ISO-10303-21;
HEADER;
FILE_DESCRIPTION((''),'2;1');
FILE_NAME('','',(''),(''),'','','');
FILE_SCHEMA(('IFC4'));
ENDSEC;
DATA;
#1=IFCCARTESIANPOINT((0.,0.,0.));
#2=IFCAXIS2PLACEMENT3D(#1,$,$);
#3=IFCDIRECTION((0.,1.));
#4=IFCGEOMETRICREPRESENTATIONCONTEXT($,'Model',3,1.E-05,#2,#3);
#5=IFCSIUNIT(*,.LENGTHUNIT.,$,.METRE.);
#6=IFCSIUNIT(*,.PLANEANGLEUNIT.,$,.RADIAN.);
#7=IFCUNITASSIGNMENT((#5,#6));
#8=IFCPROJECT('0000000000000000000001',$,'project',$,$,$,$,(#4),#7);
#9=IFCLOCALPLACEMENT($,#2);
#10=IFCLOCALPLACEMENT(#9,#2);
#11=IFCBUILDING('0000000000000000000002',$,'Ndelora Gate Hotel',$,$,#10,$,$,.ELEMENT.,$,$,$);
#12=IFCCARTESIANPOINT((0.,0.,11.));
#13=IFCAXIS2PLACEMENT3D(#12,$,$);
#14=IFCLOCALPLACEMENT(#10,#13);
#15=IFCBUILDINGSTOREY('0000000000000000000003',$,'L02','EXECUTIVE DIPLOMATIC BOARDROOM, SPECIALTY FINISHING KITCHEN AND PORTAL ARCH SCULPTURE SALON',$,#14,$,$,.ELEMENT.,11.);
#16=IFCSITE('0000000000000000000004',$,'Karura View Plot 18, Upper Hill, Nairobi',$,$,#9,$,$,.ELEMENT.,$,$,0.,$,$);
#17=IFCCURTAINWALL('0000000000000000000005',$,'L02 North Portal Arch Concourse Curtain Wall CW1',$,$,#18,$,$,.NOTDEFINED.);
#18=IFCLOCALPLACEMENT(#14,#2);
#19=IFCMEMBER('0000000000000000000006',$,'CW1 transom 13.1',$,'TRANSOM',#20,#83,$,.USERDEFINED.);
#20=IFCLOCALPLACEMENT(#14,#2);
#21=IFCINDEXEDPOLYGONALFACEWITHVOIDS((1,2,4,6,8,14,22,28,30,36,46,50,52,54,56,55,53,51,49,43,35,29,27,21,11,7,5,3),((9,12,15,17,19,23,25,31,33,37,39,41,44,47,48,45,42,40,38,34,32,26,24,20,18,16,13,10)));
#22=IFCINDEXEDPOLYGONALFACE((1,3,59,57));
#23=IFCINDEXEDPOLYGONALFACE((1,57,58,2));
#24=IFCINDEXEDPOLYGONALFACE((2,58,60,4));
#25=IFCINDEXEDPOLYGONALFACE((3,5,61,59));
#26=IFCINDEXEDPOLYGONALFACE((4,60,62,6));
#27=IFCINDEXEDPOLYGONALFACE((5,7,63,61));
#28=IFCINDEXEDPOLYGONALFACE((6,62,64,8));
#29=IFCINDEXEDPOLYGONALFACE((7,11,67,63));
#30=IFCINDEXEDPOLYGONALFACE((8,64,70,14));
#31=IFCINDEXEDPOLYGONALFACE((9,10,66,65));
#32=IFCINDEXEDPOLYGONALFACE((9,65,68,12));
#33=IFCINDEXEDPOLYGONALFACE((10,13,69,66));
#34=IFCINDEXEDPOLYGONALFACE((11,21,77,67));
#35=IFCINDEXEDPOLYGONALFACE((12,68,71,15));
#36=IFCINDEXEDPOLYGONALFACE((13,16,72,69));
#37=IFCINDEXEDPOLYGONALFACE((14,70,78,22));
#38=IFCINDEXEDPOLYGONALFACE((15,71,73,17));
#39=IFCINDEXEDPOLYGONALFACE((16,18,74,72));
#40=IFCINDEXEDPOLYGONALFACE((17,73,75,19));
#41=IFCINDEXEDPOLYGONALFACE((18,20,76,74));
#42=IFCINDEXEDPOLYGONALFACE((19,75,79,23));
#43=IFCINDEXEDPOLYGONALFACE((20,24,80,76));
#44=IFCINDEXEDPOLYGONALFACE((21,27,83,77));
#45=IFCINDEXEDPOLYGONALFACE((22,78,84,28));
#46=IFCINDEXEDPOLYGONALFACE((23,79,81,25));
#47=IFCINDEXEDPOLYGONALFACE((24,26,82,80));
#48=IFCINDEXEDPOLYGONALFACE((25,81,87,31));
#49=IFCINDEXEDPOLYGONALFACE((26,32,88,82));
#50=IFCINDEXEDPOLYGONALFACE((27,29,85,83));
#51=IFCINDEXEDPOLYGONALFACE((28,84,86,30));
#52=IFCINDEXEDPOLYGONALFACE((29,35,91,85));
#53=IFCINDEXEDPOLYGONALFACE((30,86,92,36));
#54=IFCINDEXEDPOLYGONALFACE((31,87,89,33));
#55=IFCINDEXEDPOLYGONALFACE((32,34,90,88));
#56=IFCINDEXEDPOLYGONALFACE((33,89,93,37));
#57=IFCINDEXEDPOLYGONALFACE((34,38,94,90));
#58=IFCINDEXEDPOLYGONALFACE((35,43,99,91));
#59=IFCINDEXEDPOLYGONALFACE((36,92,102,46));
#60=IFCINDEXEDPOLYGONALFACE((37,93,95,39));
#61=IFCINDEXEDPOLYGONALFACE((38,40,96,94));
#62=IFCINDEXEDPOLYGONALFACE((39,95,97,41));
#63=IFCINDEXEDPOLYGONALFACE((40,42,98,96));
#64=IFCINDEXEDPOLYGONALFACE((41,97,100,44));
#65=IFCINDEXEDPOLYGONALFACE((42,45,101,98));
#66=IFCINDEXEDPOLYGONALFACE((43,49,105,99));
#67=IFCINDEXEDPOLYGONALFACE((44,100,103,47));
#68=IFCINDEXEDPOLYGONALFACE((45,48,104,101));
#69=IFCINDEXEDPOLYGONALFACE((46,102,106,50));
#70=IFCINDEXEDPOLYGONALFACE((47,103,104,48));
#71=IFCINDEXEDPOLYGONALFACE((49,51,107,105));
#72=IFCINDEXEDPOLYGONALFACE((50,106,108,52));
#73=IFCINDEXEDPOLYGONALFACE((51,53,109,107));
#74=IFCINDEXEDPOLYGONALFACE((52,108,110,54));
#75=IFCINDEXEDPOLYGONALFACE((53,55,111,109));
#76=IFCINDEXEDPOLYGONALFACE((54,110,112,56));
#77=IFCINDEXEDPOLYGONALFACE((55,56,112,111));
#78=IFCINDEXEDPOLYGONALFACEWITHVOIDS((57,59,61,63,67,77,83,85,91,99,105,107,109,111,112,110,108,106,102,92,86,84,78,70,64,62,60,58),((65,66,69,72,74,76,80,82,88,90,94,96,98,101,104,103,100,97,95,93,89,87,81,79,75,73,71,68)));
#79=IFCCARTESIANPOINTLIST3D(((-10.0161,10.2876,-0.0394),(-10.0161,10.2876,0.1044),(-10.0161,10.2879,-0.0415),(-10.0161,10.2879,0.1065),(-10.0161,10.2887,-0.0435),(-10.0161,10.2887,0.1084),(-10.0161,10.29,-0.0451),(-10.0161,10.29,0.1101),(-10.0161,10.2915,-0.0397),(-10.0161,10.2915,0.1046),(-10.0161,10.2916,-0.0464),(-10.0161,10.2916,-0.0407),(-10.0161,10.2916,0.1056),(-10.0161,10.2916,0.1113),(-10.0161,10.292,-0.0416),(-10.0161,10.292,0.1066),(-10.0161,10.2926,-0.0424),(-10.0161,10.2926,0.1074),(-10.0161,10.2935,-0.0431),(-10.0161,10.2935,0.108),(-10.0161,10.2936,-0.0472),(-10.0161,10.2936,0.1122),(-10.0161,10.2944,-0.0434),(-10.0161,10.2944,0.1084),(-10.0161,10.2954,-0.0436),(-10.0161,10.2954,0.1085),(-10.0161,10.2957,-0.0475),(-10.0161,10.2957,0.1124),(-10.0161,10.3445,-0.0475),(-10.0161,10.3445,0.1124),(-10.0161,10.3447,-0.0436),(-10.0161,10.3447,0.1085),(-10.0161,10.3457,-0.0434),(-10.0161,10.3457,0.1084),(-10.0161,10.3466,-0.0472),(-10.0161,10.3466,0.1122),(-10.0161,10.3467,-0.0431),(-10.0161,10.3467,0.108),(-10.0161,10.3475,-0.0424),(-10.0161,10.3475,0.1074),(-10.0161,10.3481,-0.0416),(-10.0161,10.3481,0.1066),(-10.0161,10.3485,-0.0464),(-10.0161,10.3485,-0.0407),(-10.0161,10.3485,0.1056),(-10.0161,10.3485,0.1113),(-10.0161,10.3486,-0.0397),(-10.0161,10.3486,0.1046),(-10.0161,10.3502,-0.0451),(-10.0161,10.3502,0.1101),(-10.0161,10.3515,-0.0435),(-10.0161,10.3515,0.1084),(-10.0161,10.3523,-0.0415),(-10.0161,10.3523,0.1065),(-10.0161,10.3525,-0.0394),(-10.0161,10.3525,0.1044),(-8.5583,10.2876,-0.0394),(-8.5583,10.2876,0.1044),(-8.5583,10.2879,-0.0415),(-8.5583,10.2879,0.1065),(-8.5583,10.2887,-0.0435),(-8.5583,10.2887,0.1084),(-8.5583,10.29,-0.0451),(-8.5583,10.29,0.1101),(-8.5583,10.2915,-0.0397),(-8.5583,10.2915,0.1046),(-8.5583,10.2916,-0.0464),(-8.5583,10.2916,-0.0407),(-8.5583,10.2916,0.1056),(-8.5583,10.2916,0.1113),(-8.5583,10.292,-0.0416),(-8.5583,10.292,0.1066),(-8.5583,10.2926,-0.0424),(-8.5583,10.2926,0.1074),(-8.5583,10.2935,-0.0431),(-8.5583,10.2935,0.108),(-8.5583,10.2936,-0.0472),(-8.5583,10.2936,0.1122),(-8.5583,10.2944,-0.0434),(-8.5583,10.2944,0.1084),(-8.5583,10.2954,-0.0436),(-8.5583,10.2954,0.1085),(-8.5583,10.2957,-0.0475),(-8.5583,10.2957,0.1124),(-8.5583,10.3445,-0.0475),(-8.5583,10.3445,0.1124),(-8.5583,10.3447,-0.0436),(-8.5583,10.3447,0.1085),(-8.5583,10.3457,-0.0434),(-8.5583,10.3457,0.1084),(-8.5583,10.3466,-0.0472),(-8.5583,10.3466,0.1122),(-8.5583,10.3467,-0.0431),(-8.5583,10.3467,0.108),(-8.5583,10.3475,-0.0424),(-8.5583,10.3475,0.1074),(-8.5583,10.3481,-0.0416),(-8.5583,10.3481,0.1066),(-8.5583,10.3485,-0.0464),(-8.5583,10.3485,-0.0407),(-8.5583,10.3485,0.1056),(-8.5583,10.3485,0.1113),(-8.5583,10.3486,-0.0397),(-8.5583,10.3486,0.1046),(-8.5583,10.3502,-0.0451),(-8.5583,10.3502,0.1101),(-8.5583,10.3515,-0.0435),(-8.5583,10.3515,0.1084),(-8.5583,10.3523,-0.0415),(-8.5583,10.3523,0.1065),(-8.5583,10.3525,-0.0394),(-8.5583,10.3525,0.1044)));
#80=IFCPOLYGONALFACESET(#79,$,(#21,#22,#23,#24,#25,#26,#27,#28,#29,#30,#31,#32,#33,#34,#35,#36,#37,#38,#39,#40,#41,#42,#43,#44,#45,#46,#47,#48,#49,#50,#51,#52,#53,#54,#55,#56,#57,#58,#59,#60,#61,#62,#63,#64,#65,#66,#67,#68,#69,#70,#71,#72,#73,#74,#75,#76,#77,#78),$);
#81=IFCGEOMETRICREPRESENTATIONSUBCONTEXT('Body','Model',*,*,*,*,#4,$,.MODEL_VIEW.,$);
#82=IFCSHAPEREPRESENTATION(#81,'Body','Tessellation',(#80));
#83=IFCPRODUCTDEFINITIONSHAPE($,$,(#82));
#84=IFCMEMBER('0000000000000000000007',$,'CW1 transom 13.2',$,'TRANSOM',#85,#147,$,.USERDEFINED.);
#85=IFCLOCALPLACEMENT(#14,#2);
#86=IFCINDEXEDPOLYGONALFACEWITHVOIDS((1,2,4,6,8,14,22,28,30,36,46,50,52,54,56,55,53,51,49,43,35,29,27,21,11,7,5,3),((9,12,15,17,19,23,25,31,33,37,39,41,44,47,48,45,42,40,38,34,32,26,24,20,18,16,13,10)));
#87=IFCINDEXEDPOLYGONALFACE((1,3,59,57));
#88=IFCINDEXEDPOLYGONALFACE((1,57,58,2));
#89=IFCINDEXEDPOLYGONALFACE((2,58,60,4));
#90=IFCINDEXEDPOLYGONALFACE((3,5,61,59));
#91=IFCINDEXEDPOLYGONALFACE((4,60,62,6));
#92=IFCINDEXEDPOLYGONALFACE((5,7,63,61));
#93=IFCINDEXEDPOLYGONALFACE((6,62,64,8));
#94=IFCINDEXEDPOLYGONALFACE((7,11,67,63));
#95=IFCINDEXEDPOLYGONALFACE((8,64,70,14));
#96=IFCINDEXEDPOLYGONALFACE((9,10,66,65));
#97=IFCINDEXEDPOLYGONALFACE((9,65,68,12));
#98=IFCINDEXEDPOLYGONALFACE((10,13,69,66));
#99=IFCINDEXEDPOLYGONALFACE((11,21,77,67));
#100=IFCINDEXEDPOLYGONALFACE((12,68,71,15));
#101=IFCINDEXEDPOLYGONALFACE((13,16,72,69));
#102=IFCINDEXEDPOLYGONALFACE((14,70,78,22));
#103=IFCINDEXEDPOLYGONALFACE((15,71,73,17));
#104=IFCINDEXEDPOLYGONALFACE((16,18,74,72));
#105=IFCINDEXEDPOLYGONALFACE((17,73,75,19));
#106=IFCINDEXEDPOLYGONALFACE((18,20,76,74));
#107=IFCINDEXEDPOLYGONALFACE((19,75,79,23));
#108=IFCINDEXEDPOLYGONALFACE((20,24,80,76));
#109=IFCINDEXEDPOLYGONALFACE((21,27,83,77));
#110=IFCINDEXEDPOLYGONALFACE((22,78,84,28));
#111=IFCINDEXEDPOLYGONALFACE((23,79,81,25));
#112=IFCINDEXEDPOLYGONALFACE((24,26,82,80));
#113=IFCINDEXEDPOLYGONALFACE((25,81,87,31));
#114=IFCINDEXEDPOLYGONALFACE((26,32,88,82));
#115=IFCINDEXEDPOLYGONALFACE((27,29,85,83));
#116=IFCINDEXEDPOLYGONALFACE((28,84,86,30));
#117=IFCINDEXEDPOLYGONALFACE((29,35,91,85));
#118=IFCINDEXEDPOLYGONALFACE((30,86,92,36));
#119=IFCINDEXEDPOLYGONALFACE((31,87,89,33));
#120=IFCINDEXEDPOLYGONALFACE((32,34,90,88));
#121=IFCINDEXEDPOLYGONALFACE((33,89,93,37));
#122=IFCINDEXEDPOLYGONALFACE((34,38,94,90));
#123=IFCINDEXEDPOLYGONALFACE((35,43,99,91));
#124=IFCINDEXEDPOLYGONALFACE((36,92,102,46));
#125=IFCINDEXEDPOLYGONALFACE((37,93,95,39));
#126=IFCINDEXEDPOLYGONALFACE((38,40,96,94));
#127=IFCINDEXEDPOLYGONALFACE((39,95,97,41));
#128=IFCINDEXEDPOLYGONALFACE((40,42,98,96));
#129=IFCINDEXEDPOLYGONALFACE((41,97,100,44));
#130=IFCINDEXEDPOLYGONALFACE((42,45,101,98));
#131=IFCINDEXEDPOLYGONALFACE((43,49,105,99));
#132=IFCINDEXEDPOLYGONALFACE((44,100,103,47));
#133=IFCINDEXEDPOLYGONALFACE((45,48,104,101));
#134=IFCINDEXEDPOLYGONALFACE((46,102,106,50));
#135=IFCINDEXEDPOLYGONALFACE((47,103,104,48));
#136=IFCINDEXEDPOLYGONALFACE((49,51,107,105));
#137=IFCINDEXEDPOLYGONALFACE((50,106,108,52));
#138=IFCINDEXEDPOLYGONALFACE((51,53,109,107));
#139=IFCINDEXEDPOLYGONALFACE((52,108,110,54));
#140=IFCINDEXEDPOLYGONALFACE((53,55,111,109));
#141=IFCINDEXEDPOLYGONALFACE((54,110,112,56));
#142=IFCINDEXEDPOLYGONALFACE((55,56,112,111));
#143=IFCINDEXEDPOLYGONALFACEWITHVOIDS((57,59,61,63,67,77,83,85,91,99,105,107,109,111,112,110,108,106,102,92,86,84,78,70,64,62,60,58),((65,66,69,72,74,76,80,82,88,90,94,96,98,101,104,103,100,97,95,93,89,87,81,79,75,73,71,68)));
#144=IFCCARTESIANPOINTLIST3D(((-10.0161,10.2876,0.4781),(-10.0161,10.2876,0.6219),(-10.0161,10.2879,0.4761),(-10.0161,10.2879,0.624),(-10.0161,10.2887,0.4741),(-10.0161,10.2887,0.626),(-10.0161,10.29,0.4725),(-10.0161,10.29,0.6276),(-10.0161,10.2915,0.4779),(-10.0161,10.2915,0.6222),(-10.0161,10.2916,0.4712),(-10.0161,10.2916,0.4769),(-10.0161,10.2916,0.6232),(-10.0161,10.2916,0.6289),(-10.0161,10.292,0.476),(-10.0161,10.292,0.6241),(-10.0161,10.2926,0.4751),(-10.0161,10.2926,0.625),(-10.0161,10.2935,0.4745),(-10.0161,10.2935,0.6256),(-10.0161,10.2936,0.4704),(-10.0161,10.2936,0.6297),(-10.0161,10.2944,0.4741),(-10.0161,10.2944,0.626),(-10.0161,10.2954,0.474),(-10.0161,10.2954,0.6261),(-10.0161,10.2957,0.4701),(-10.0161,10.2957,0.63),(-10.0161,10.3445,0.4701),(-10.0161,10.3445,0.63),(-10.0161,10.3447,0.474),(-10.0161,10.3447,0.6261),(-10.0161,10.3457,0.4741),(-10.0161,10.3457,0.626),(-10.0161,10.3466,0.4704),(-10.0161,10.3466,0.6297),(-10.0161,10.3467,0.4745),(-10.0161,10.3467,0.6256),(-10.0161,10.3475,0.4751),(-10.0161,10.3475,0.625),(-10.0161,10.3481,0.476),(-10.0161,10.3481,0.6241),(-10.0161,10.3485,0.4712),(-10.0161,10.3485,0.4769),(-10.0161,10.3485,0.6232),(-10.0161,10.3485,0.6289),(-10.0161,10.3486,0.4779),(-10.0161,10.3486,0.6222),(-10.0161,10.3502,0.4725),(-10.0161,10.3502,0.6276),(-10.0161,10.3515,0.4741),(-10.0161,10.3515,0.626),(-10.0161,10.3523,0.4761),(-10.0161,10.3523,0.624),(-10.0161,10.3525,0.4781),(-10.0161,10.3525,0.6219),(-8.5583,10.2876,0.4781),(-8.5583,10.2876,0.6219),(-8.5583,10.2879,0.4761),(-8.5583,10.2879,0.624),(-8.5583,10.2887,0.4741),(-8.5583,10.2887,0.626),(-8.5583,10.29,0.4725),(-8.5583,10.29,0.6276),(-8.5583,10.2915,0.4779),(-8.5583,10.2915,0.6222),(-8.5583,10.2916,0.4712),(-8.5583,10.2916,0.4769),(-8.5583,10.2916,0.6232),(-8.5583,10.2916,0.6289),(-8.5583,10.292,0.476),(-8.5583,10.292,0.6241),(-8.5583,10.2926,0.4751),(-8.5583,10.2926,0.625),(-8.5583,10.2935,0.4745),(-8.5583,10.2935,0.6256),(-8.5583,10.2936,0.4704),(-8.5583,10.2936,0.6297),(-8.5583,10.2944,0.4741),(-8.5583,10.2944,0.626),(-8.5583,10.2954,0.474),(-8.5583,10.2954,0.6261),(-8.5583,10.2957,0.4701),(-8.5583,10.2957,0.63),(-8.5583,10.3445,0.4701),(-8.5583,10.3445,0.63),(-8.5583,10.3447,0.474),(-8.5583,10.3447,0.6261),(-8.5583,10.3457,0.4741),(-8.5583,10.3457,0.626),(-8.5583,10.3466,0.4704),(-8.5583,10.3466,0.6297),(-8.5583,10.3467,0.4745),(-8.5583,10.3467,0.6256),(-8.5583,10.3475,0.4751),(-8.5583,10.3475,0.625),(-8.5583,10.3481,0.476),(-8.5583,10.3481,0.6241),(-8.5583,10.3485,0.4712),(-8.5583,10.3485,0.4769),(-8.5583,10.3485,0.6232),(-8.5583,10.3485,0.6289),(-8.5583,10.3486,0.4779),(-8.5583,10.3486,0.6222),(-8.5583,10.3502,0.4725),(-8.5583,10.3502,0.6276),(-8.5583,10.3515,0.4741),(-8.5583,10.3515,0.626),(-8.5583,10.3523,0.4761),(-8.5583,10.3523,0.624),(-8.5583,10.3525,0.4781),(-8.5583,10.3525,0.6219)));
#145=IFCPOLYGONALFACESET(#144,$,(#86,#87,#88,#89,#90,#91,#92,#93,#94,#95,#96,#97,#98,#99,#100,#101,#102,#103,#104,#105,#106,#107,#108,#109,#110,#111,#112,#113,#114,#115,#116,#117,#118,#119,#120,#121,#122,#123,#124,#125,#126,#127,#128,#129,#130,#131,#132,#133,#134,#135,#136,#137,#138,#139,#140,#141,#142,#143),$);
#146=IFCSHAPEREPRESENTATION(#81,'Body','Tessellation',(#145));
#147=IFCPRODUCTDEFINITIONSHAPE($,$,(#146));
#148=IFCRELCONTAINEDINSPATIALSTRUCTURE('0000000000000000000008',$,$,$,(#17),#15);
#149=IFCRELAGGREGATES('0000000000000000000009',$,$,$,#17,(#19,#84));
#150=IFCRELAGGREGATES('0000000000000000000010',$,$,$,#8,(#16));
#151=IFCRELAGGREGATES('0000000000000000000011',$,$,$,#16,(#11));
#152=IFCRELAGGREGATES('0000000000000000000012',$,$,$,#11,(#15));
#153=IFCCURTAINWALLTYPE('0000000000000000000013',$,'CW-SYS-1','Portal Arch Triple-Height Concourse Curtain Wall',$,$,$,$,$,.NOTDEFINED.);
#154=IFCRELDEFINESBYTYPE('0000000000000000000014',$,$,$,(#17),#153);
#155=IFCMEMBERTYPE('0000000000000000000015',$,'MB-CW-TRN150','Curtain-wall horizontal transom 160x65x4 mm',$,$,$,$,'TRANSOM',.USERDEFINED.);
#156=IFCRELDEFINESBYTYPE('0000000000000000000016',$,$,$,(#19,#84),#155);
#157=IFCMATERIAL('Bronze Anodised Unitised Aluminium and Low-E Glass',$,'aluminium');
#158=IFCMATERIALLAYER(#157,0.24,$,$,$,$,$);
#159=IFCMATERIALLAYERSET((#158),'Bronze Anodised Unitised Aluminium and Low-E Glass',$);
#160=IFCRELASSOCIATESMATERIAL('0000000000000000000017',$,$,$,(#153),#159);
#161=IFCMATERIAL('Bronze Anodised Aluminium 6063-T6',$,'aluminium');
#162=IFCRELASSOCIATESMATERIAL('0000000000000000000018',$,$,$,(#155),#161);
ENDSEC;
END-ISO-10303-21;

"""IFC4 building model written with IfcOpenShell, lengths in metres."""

from ifc_helpers import new_model, si_unit, direction, frame, origin, origin_2d, place, context, subcontext, project, spatial, hollow_rectangle, extrude, material, layer, layer_set, material_profile, profile_set, type_object, element, aggregate, save


model = new_model("IFC4")

# Units and contexts
model_context = context("Model", 3, precision=1e-05, world=origin(), true_north=direction((0.0, 1.0)))
body_context = subcontext(model_context, "Body", "Model", "MODEL_VIEW")
ifc_project = project(units=[si_unit("LENGTHUNIT", "METRE"), si_unit("PLANEANGLEUNIT", "RADIAN")], contexts=[model_context])

# Site, building, storey
site_placement = place(None, origin())
site = spatial("IfcSite", under=ifc_project, at=site_placement, Name="Karura View Plot 18, Upper Hill, Nairobi", CompositionType="ELEMENT", RefElevation=0.0)
building_placement = place(site_placement, origin())
building = spatial("IfcBuilding", under=site, at=building_placement, Name="Ndelora Gate Hotel", CompositionType="ELEMENT")
storey_placement = place(building_placement, frame((0.0, 0.0, 11.0)))
storey = spatial("IfcBuildingStorey", under=building, at=storey_placement, Name="L02", Description="EXECUTIVE DIPLOMATIC BOARDROOM, SPECIALTY FINISHING KITCHEN AND PORTAL ARCH SCULPTURE SALON", CompositionType="ELEMENT", Elevation=11.0)

# Curtain wall, members
ifc_material_1 = material(Name="Bronze Anodised Unitised Aluminium and Low-E Glass", Category="aluminium")
ifc_layer_1 = layer(ifc_material_1, 0.24)
ifc_layer_set_1 = layer_set([ifc_layer_1], Name="Bronze Anodised Unitised Aluminium and Low-E Glass")
curtain_wall_type = type_object("IfcCurtainWallType", Name="CW-SYS-1", Description="Portal Arch Triple-Height Concourse Curtain Wall", PredefinedType="NOTDEFINED", material=ifc_layer_set_1)
curtain_wall_placement = place(storey_placement, origin())
curtain_wall = element("IfcCurtainWall", 1, at=curtain_wall_placement, inside=storey, type_object=curtain_wall_type, Name="L02 North Portal Arch Concourse Curtain Wall CW1", PredefinedType="NOTDEFINED")
ifc_material_2 = material(Name="Bronze Anodised Aluminium 6063-T6", Category="aluminium")
ifc_material_profile_1 = material_profile(ifc_material_2, hollow_rectangle(XDim=0.0649, YDim=0.1599, WallThickness=0.0039, InnerFilletRadius=0.0039, OuterFilletRadius=0.0081, at=origin_2d()), Name="ALU 160x65x4")
ifc_profile_set_1 = profile_set([ifc_material_profile_1], Name="Bronze Anodised Aluminium 6063-T6")
member_type_1 = type_object("IfcMemberType", Name="MB-CW-TRN150", Description="Curtain-wall horizontal transom 160x65x4 mm", ElementType="TRANSOM", PredefinedType="USERDEFINED", material=ifc_profile_set_1)
member_1_placement = place(storey_placement, frame((-8.5583, 10.3201, 0.0325), z_axis=(-1.0, 0.0, 0.0), x_axis=(0.0, -1.0, 0.0)))
member_1 = element("IfcMember", 2, at=member_1_placement, type_object=member_type_1, Name="CW1 transom 13.1", ObjectType="TRANSOM", PredefinedType="USERDEFINED", context=body_context, shape_type="SweptSolid", body=[
    extrude(hollow_rectangle(XDim=0.0649, YDim=0.1599, WallThickness=0.0039, InnerFilletRadius=0.0039, OuterFilletRadius=0.0081, at=origin_2d()), origin(), (0.0, 0.0, 1.0), 1.4578),
])
member_2_placement = place(storey_placement, frame((-8.5583, 10.3201, 0.55), z_axis=(-1.0, 0.0, 0.0), x_axis=(0.0, -1.0, 0.0)))
member_2 = element("IfcMember", 3, at=member_2_placement, type_object=member_type_1, Name="CW1 transom 13.2", ObjectType="TRANSOM", PredefinedType="USERDEFINED", context=body_context, shape_type="SweptSolid", body=[
    extrude(hollow_rectangle(XDim=0.0649, YDim=0.1599, WallThickness=0.0039, InnerFilletRadius=0.0039, OuterFilletRadius=0.0081, at=origin_2d()), origin(), (0.0, 0.0, 1.0), 1.4578),
])
aggregate(curtain_wall, [member_1, member_2])

save(model, "model.ifc")
